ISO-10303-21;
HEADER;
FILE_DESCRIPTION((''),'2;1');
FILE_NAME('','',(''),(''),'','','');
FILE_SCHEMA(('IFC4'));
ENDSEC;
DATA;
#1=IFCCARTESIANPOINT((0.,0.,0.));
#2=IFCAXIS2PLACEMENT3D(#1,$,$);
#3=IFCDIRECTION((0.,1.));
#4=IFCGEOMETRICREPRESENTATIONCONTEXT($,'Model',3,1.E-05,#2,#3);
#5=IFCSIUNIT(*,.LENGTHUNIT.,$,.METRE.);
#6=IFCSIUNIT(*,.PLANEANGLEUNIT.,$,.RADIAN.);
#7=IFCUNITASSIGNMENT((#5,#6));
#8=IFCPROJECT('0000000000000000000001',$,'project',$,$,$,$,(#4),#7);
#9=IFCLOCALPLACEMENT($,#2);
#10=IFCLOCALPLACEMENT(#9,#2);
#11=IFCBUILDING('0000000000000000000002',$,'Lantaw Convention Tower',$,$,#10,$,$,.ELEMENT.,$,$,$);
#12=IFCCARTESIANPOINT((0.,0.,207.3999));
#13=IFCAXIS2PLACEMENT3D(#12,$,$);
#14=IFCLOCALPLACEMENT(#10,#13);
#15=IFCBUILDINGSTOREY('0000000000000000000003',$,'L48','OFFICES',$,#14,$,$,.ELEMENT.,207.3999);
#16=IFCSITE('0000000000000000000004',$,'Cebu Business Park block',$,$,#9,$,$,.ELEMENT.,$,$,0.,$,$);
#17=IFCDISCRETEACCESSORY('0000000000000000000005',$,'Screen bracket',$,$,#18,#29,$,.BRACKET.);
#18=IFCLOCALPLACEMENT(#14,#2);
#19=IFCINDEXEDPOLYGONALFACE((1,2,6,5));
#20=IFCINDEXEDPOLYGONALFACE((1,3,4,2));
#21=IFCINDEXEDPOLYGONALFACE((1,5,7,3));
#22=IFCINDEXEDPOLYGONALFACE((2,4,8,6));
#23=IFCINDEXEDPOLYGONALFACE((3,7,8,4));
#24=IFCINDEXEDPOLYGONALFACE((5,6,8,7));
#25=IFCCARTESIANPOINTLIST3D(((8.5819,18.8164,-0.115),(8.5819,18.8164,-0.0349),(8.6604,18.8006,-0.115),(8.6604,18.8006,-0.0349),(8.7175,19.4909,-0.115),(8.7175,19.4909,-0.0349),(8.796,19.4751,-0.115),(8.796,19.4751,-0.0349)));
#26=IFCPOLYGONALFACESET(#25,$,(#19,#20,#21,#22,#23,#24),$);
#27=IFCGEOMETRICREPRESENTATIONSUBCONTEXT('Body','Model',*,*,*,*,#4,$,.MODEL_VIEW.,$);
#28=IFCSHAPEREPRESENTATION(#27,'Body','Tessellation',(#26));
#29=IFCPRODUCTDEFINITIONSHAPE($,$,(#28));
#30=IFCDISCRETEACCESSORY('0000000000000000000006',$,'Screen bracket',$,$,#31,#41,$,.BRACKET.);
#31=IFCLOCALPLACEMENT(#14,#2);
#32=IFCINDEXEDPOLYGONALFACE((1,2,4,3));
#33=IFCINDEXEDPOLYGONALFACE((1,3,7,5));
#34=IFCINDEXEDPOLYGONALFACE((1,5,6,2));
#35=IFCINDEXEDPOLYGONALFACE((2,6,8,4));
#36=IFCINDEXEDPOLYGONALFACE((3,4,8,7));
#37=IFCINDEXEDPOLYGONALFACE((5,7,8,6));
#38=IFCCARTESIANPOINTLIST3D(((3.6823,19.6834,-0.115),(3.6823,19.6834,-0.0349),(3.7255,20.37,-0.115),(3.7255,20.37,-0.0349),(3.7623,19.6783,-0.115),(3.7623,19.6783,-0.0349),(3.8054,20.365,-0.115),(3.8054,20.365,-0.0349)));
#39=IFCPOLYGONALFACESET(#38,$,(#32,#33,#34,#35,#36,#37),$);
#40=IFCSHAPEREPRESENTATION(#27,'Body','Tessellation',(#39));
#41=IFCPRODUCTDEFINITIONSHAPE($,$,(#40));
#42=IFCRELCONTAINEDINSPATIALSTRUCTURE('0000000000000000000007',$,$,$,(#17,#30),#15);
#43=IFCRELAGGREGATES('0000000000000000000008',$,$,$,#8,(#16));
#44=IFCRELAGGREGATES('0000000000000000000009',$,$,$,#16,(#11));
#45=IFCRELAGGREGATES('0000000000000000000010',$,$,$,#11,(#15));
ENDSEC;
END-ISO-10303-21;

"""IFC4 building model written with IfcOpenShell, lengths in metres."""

from ifc_helpers import new_model, si_unit, direction, frame, origin, origin_2d, place, context, subcontext, project, spatial, rectangle, extrude, element, save


model = new_model("IFC4")

# Units and contexts
model_context = context("Model", 3, precision=1e-05, world=origin(), true_north=direction((0.0, 1.0)))
body_context = subcontext(model_context, "Body", "Model", "MODEL_VIEW")
ifc_project = project(units=[si_unit("LENGTHUNIT", "METRE"), si_unit("PLANEANGLEUNIT", "RADIAN")], contexts=[model_context])

# Site, building, storey
site_placement = place(None, origin())
site = spatial("IfcSite", under=ifc_project, at=site_placement, Name="Cebu Business Park block", CompositionType="ELEMENT", RefElevation=0.0)
building_placement = place(site_placement, origin())
building = spatial("IfcBuilding", under=site, at=building_placement, Name="Lantaw Convention Tower", CompositionType="ELEMENT")
storey_placement = place(building_placement, frame((0.0, 0.0, 207.3999)))
storey = spatial("IfcBuildingStorey", under=building, at=storey_placement, Name="L48", Description="OFFICES", CompositionType="ELEMENT", Elevation=207.3999)

# Discrete accessories
for number, where, z_axis, x_axis, name in (
    (1, (8.689, 19.1458, -0.115), (0.0, 0.0, 1.0), (-0.980367, 0.197183, 0.0), "Screen bracket"),
    (2, (3.7439, 20.0242, -0.115), (0.0, 0.0, 1.0), (-0.998029, 0.062758, 0.0), "Screen bracket"),
):
    element("IfcDiscreteAccessory", number, at=place(storey_placement, frame(where, z_axis=z_axis, x_axis=x_axis)), inside=storey, Name=name, PredefinedType="BRACKET", context=body_context, shape_type="SweptSolid", body=[
        extrude(rectangle(XDim=0.0801, YDim=0.688, at=origin_2d()), origin(), (0.0, 0.0, 1.0), 0.0801),
    ])

save(model, "model.ifc")
